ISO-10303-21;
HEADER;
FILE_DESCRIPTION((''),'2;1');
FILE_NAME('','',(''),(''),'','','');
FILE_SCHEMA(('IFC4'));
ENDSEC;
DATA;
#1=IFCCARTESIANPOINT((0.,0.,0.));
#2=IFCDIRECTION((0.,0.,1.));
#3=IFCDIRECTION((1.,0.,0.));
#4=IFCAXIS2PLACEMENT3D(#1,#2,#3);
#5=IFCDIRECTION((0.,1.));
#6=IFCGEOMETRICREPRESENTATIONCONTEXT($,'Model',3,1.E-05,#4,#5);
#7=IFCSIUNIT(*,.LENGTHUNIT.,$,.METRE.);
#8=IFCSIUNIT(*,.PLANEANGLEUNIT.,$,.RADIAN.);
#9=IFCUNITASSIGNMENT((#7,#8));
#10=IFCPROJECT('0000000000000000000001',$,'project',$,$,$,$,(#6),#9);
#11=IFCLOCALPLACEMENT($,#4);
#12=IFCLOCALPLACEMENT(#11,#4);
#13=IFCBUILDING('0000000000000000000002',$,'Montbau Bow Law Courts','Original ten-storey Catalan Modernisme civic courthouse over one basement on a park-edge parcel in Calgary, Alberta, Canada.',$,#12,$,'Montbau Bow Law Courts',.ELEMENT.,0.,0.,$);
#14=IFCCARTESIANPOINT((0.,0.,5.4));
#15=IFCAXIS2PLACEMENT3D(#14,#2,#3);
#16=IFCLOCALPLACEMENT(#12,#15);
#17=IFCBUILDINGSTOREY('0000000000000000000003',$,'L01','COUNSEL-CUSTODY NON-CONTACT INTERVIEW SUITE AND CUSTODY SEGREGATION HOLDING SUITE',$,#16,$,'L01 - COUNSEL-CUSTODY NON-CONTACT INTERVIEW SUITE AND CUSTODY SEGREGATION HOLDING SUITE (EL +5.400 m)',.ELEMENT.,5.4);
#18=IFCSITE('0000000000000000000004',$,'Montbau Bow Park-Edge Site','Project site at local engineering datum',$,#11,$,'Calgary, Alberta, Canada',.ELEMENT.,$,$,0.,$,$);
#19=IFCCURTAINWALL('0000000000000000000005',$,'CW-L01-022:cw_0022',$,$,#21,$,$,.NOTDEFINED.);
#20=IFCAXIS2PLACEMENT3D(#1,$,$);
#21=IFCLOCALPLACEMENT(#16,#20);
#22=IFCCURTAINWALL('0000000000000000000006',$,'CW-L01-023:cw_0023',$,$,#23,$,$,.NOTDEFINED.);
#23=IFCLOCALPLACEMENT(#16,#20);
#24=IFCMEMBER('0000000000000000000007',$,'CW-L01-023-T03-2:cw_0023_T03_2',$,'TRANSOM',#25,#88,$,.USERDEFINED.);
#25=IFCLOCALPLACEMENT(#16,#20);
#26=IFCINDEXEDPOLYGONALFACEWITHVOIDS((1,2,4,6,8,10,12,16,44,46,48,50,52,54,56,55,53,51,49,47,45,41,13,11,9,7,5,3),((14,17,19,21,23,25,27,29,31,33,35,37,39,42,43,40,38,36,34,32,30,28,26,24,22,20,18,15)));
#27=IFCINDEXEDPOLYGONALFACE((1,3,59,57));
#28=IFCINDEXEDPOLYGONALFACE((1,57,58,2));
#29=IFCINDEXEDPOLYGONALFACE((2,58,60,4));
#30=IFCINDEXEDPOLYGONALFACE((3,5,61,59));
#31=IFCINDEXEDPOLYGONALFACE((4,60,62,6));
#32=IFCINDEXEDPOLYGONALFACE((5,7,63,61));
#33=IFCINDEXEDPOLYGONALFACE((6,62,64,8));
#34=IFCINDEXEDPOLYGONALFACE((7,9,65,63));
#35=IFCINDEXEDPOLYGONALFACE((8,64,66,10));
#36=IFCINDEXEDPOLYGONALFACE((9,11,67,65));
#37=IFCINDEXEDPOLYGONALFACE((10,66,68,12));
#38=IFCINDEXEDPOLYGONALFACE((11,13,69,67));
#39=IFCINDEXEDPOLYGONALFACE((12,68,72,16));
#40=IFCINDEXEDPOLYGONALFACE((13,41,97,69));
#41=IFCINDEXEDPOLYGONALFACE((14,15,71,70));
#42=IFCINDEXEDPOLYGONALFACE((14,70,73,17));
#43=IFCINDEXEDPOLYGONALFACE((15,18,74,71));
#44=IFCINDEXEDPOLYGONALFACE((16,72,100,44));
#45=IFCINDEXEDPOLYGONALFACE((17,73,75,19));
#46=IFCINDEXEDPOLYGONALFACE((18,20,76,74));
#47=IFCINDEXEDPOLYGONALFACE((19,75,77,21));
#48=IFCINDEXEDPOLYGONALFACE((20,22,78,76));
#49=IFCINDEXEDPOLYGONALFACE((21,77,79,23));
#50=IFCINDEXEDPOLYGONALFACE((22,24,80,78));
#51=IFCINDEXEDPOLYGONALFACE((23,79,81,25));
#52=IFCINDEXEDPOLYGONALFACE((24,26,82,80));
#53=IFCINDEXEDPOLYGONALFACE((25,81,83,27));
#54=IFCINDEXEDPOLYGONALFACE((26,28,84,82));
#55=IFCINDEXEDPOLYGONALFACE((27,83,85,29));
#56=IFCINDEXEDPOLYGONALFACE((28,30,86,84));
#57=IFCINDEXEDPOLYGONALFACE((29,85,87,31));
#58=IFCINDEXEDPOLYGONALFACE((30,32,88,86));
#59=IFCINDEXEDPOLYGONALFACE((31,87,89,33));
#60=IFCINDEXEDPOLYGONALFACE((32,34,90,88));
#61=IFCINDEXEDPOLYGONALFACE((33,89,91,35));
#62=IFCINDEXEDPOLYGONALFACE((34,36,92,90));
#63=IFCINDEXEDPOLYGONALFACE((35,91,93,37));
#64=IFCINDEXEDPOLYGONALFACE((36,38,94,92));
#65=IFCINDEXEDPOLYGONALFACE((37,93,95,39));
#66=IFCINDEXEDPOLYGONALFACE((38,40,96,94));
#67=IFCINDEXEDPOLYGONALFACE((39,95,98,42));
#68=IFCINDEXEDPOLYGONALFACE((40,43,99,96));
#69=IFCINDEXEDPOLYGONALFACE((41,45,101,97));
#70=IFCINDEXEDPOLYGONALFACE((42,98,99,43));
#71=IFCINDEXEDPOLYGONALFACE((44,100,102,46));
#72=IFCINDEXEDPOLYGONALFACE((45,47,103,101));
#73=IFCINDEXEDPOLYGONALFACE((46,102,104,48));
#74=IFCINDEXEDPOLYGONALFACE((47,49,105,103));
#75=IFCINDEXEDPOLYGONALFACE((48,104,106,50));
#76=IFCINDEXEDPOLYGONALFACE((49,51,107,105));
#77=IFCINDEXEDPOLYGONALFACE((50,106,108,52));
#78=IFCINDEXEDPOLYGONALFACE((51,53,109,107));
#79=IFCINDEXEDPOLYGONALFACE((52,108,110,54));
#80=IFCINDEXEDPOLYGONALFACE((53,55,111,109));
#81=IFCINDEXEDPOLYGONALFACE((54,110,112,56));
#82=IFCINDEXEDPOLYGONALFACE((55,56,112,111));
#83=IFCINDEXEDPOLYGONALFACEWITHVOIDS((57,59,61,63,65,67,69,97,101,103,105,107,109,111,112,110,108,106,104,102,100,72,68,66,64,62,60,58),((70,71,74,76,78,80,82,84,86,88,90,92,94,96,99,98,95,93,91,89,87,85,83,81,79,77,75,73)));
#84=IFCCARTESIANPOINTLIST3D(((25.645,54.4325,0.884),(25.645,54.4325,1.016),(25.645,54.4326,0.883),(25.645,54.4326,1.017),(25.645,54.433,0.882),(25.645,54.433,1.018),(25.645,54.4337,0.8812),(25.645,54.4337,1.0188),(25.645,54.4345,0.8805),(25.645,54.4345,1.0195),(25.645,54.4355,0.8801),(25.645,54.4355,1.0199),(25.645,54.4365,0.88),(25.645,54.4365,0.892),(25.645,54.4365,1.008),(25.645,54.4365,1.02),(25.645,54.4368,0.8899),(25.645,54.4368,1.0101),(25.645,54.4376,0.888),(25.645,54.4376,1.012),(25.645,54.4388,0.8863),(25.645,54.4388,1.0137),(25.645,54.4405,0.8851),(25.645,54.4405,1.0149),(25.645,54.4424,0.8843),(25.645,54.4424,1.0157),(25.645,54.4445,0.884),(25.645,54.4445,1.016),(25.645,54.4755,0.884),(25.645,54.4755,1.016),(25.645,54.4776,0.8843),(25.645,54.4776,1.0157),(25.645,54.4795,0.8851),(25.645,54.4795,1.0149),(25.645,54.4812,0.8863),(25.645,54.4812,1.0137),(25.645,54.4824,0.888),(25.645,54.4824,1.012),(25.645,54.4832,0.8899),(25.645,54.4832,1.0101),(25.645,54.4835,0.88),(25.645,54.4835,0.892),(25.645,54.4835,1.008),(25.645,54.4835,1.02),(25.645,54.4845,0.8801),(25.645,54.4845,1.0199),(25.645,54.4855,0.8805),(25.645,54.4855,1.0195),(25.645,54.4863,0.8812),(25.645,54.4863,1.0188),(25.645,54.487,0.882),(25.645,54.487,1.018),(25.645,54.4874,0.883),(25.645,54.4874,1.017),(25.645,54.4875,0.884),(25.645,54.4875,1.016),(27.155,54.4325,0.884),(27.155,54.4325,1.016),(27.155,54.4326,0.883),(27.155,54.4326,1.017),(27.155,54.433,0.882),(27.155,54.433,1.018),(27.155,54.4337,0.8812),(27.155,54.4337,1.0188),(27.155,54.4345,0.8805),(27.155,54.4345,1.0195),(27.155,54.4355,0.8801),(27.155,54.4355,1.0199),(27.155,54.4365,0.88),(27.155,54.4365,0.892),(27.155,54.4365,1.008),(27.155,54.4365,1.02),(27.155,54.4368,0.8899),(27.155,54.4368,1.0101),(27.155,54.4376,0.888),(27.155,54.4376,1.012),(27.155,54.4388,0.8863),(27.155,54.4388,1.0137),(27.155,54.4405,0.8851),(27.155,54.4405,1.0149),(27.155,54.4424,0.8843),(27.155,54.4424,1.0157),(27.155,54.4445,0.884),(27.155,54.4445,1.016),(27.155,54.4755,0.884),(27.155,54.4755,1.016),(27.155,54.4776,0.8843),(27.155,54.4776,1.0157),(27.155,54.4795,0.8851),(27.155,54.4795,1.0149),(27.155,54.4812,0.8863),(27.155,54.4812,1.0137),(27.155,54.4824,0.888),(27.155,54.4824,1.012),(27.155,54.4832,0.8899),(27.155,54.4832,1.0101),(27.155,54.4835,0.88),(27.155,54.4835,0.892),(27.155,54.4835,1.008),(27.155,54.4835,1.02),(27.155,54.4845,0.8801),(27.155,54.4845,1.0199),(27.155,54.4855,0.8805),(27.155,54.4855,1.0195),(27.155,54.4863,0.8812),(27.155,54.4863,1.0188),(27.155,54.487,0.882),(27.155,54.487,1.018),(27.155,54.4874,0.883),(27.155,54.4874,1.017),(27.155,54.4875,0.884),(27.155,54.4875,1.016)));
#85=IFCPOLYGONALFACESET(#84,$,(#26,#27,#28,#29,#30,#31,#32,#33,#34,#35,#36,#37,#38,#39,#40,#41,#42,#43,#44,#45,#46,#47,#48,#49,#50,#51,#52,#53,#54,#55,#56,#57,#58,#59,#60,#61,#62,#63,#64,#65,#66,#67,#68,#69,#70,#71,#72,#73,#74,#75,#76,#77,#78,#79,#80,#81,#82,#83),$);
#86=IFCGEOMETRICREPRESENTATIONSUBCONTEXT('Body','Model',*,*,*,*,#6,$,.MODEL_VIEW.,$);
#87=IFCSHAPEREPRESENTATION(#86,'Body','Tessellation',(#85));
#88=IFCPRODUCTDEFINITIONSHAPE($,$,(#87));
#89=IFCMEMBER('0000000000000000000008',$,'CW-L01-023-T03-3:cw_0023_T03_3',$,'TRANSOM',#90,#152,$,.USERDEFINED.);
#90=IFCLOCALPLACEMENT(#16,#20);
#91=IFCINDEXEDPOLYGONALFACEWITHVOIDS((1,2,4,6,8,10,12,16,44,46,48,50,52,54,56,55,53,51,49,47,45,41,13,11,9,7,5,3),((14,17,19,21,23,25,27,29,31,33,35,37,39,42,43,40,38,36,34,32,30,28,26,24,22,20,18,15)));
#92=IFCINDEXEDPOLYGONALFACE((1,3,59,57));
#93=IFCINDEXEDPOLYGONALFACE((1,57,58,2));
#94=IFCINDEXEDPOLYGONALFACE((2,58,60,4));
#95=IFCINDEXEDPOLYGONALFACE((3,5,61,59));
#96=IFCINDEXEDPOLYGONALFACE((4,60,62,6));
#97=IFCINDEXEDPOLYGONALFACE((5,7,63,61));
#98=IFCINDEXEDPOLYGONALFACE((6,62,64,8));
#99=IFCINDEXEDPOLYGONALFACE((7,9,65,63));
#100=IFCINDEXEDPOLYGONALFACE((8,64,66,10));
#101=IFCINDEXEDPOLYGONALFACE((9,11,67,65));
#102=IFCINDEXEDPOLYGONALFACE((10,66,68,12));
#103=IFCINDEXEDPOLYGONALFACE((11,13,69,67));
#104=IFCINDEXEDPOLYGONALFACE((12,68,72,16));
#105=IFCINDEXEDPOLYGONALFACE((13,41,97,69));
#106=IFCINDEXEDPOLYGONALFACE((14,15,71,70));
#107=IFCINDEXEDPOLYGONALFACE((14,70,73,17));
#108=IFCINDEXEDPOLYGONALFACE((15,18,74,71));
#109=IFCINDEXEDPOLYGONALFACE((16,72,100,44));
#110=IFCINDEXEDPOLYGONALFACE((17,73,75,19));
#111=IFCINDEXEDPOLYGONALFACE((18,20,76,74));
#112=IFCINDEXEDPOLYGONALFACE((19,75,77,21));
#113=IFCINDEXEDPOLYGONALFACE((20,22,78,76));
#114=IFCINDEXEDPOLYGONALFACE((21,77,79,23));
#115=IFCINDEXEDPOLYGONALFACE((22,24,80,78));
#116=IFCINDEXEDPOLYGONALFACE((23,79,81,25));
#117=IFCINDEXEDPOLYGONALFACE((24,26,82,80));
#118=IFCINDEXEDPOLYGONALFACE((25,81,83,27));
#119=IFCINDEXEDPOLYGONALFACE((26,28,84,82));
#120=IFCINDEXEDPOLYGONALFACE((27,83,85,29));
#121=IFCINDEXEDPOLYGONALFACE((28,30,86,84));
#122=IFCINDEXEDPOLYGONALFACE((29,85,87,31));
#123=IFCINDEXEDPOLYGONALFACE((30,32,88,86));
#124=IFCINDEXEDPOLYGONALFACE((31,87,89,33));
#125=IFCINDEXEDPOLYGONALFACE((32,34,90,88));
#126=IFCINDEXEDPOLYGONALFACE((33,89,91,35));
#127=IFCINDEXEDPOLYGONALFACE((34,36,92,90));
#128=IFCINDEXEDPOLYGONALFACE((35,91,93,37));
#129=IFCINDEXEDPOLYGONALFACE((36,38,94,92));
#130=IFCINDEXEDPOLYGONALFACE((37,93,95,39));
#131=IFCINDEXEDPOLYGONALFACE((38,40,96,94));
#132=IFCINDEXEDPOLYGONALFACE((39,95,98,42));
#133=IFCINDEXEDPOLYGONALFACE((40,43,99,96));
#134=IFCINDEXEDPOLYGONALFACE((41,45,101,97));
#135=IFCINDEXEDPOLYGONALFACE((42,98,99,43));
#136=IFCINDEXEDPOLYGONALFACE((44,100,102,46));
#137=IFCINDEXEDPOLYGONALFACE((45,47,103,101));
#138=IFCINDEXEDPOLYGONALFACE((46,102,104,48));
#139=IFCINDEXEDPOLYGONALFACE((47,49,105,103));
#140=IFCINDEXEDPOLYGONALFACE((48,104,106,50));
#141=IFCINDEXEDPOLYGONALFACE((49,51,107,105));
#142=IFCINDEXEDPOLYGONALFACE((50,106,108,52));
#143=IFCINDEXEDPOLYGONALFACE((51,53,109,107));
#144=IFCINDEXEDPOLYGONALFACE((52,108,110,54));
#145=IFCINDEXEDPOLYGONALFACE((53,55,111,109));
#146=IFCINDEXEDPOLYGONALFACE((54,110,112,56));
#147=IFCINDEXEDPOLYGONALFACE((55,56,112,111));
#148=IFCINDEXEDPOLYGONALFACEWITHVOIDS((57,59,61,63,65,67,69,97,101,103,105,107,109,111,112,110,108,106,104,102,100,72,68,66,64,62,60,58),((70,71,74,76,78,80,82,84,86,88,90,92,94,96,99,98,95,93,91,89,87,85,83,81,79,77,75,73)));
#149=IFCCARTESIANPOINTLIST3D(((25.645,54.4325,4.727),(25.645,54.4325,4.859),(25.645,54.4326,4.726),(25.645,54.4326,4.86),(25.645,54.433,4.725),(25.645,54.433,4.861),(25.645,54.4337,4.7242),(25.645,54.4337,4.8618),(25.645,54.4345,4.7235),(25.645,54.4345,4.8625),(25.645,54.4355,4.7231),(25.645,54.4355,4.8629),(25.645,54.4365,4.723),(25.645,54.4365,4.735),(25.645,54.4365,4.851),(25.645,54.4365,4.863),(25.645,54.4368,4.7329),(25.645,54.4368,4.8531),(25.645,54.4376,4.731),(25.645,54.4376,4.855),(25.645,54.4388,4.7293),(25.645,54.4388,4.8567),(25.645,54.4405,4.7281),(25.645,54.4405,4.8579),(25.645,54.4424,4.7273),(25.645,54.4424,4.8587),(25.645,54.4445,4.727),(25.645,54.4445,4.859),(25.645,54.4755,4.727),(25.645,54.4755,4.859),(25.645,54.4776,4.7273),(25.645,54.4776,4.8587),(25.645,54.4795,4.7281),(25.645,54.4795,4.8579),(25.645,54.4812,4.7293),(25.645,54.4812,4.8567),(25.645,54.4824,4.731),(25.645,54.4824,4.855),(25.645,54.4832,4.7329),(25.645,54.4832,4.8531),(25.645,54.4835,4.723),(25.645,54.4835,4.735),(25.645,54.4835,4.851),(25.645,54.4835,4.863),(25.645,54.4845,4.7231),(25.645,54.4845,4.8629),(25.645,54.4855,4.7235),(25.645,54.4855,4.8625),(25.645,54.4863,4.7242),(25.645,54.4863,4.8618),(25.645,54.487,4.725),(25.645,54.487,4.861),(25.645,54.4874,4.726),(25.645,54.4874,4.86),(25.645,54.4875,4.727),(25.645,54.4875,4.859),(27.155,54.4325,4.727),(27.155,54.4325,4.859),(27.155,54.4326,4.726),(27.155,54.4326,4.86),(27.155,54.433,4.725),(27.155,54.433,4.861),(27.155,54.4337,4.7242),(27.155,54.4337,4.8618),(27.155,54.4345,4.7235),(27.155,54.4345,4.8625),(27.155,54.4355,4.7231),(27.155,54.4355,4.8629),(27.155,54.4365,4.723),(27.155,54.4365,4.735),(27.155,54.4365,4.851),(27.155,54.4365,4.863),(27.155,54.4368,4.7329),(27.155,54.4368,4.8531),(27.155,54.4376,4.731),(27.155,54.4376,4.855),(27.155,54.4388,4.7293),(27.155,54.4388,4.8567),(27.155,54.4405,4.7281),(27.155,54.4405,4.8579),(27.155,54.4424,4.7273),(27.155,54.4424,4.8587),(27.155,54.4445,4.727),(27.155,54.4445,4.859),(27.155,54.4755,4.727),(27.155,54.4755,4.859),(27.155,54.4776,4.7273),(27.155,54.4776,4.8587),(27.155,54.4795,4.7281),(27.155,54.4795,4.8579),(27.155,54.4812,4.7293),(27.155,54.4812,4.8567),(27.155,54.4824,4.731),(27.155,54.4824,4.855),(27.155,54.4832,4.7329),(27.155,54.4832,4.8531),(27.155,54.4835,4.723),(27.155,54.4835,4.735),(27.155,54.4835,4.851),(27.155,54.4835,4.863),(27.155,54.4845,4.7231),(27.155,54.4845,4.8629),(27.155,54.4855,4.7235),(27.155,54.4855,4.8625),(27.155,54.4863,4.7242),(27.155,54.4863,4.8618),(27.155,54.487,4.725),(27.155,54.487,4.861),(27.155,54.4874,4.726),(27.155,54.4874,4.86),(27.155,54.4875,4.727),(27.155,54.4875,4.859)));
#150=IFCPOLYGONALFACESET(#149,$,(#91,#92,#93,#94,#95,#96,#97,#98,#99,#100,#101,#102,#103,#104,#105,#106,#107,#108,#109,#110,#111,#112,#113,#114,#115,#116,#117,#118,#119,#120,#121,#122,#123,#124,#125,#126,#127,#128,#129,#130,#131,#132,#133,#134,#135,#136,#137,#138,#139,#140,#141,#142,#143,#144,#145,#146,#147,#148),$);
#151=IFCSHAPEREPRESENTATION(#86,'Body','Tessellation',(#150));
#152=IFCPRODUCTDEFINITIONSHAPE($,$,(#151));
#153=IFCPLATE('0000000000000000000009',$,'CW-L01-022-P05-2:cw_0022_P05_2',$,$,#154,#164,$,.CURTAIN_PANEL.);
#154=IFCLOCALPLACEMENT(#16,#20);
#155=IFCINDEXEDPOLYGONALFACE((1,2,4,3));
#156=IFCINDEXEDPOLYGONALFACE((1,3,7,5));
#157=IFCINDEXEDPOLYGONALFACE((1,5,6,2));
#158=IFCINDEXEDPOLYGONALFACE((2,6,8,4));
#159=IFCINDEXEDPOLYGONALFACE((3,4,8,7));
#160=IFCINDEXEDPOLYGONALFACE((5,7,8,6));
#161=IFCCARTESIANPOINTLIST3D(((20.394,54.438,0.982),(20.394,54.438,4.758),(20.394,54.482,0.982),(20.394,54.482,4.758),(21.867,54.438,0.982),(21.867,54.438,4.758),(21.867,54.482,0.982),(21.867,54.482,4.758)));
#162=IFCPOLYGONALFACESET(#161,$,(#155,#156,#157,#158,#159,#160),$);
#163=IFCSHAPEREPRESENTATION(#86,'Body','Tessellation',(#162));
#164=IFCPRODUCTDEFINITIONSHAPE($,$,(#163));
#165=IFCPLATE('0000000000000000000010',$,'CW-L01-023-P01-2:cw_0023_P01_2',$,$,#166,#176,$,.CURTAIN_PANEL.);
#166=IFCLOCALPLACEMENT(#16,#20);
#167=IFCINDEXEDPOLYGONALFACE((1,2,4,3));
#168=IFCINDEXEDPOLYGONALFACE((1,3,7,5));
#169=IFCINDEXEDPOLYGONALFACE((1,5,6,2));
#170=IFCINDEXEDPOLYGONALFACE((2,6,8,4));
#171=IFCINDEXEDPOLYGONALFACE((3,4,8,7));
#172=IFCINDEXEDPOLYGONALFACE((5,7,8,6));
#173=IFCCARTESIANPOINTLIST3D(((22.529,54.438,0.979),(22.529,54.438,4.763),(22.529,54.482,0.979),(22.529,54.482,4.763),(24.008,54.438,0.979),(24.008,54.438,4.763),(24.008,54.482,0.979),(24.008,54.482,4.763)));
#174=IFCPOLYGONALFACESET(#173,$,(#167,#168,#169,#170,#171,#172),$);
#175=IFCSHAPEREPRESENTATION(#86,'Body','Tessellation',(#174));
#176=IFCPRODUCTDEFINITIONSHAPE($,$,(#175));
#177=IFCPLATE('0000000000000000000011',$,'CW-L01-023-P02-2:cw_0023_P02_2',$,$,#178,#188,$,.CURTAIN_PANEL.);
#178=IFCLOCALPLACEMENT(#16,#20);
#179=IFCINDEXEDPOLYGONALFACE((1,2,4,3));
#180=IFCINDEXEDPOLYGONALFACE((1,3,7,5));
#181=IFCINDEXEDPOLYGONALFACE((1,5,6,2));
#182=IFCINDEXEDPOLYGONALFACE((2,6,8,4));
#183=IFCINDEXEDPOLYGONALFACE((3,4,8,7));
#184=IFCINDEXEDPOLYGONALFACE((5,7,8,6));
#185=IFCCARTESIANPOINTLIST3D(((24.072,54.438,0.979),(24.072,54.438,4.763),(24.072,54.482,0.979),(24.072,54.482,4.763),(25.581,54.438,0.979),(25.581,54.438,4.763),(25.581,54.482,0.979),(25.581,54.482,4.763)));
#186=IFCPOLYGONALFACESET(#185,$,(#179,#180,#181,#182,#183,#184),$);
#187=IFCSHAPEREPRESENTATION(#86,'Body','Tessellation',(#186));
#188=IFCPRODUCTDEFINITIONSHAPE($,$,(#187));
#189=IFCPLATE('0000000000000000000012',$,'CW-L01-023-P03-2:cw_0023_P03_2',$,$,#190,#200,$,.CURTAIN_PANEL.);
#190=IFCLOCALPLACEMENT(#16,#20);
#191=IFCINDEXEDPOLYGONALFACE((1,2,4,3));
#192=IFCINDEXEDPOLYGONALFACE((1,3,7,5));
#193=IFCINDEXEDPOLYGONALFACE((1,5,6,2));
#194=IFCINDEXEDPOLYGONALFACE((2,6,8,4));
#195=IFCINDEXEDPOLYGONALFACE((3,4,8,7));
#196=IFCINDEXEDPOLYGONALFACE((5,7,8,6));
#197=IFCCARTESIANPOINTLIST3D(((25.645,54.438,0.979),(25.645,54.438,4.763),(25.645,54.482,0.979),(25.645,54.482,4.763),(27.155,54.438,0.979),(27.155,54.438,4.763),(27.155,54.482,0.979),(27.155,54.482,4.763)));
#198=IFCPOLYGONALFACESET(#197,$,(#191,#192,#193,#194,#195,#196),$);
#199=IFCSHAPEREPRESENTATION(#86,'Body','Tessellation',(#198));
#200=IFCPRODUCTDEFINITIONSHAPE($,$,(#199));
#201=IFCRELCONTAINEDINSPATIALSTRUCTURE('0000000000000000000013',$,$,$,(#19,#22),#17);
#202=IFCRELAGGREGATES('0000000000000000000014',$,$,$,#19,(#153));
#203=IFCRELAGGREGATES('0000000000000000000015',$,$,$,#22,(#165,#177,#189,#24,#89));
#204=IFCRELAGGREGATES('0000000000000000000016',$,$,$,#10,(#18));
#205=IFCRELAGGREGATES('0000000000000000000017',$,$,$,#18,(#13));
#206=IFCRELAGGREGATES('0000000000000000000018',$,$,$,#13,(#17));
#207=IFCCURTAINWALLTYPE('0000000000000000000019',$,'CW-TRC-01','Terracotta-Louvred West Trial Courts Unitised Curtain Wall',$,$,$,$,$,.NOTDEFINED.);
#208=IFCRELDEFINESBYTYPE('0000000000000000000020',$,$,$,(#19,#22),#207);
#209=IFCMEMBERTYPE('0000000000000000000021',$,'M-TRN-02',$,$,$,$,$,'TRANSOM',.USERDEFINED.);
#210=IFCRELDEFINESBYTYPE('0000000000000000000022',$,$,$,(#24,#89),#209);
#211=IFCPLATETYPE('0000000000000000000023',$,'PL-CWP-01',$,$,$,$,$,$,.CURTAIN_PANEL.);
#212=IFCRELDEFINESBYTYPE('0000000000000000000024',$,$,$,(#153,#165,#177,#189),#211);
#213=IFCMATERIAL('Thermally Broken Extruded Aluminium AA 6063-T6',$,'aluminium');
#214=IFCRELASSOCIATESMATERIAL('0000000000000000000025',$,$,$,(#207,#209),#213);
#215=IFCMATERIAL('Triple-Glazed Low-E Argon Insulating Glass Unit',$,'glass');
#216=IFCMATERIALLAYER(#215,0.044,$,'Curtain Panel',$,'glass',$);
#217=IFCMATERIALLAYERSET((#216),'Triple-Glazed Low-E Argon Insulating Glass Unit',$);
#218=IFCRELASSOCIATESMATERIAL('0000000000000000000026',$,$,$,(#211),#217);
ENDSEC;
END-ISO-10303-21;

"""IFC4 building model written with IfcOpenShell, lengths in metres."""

from ifc_helpers import new_model, si_unit, direction, frame, frame_2d, origin_with_axes, origin_2d_with_axis, place, context, subcontext, project, spatial, rectangle, hollow_rectangle, extrude, material, layer, layer_set, material_profile, profile_set, type_object, element, aggregate, save


model = new_model("IFC4")

# Units and contexts
model_context = context("Model", 3, precision=1e-05, world=origin_with_axes(), true_north=direction((0.0, 1.0)))
body_context = subcontext(model_context, "Body", "Model", "MODEL_VIEW")
ifc_project = project(units=[si_unit("LENGTHUNIT", "METRE"), si_unit("PLANEANGLEUNIT", "RADIAN")], contexts=[model_context])

# Site, building, storey
site_placement = place(None, origin_with_axes())
site = spatial("IfcSite", under=ifc_project, at=site_placement, Name="Montbau Bow Park-Edge Site", Description="Project site at local engineering datum", LongName="Calgary, Alberta, Canada", CompositionType="ELEMENT", RefElevation=0.0)
building_placement = place(site_placement, origin_with_axes())
building = spatial("IfcBuilding", under=site, at=building_placement, Name="Montbau Bow Law Courts", Description="Original ten-storey Catalan Modernisme civic courthouse over one basement on a park-edge parcel in Calgary, Alberta, Canada.", LongName="Montbau Bow Law Courts", CompositionType="ELEMENT", ElevationOfRefHeight=0.0, ElevationOfTerrain=0.0)
storey_placement = place(building_placement, frame((0.0, 0.0, 5.4), z_axis=(0.0, 0.0, 1.0), x_axis=(1.0, 0.0, 0.0)))
storey = spatial("IfcBuildingStorey", under=building, at=storey_placement, Name="L01", Description="COUNSEL-CUSTODY NON-CONTACT INTERVIEW SUITE AND CUSTODY SEGREGATION HOLDING SUITE", LongName="L01 - COUNSEL-CUSTODY NON-CONTACT INTERVIEW SUITE AND CUSTODY SEGREGATION HOLDING SUITE (EL +5.400 m)", CompositionType="ELEMENT", Elevation=5.4)

# Curtain walls
ifc_material_1 = material(Name="Thermally Broken Extruded Aluminium AA 6063-T6", Category="aluminium")
curtain_wall_type = type_object("IfcCurtainWallType", Name="CW-TRC-01", Description="Terracotta-Louvred West Trial Courts Unitised Curtain Wall", PredefinedType="NOTDEFINED", material=ifc_material_1)
curtain_wall_1_placement = place(None, frame((14.068, 54.46, 5.4), z_axis=(0.0, 0.0, 1.0), x_axis=(1.0, 0.0, 0.0)))
curtain_wall_1 = element("IfcCurtainWall", 1, at=curtain_wall_1_placement, inside=storey, type_object=curtain_wall_type, Name="CW-L01-022:cw_0022", PredefinedType="NOTDEFINED")
curtain_wall_2_placement = place(None, frame((22.467, 54.46, 5.4), z_axis=(0.0, 0.0, 1.0), x_axis=(1.0, 0.0, 0.0)))
curtain_wall_2 = element("IfcCurtainWall", 2, at=curtain_wall_2_placement, inside=storey, type_object=curtain_wall_type, Name="CW-L01-023:cw_0023", PredefinedType="NOTDEFINED")

# Members
ifc_material_profile_1 = material_profile(ifc_material_1, hollow_rectangle(XDim=0.055, YDim=0.14, WallThickness=0.004, InnerFilletRadius=0.008, OuterFilletRadius=0.004, at=origin_2d_with_axis()), Name="CWT-140X55", Category="Main", Priority=0)
ifc_profile_set_1 = profile_set([ifc_material_profile_1], Name="Thermally Broken Extruded Aluminium AA 6063-T6")
member_type_1 = type_object("IfcMemberType", Name="M-TRN-02", ElementType="TRANSOM", PredefinedType="USERDEFINED", material=ifc_profile_set_1)
member_1_placement = place(None, frame((25.645, 54.46, 6.35), z_axis=(1.0, 0.0, 0.0), x_axis=(0.0, 1.0, 0.0)))
member_1 = element("IfcMember", 3, at=member_1_placement, type_object=member_type_1, Name="CW-L01-023-T03-2:cw_0023_T03_2", ObjectType="TRANSOM", PredefinedType="USERDEFINED", context=body_context, shape_type="SweptSolid", body=[
    extrude(hollow_rectangle(XDim=0.055, YDim=0.14, WallThickness=0.004, InnerFilletRadius=0.008, OuterFilletRadius=0.004, at=origin_2d_with_axis()), origin_with_axes(), (0.0, 0.0, 1.0), 1.51),
])
member_2_placement = place(None, frame((25.645, 54.46, 10.193), z_axis=(1.0, 0.0, 0.0), x_axis=(0.0, 1.0, 0.0)))
member_2 = element("IfcMember", 4, at=member_2_placement, type_object=member_type_1, Name="CW-L01-023-T03-3:cw_0023_T03_3", ObjectType="TRANSOM", PredefinedType="USERDEFINED", context=body_context, shape_type="SweptSolid", body=[
    extrude(hollow_rectangle(XDim=0.055, YDim=0.14, WallThickness=0.004, InnerFilletRadius=0.008, OuterFilletRadius=0.004, at=origin_2d_with_axis()), origin_with_axes(), (0.0, 0.0, 1.0), 1.51),
])

# Plates
ifc_material_2 = material(Name="Triple-Glazed Low-E Argon Insulating Glass Unit", Category="glass")
ifc_layer_1 = layer(ifc_material_2, 0.044, Name="Curtain Panel", Category="glass")
ifc_layer_set_1 = layer_set([ifc_layer_1], Name="Triple-Glazed Low-E Argon Insulating Glass Unit")
plate_type_1 = type_object("IfcPlateType", Name="PL-CWP-01", PredefinedType="CURTAIN_PANEL", material=ifc_layer_set_1)
plate_1_placement = place(None, frame((20.394, 54.46, 6.382), z_axis=(0.0, -1.0, 0.0), x_axis=(1.0, 0.0, 0.0)))
plate_1 = element("IfcPlate", 5, at=plate_1_placement, type_object=plate_type_1, Name="CW-L01-022-P05-2:cw_0022_P05_2", PredefinedType="CURTAIN_PANEL", context=body_context, shape_type="SweptSolid", body=[
    extrude(rectangle(XDim=1.473, YDim=3.776, at=frame_2d((0.7365, 1.888), x_axis=(1.0, 0.0))), frame((0.0, 0.0, -0.022), z_axis=(0.0, 0.0, 1.0), x_axis=(1.0, 0.0, 0.0)), (0.0, 0.0, 1.0), 0.044),
])
plate_2_placement = place(None, frame((22.529, 54.46, 6.379), z_axis=(0.0, -1.0, 0.0), x_axis=(1.0, 0.0, 0.0)))
plate_2 = element("IfcPlate", 6, at=plate_2_placement, type_object=plate_type_1, Name="CW-L01-023-P01-2:cw_0023_P01_2", PredefinedType="CURTAIN_PANEL", context=body_context, shape_type="SweptSolid", body=[
    extrude(rectangle(XDim=1.479, YDim=3.784, at=frame_2d((0.7395, 1.892), x_axis=(1.0, 0.0))), frame((0.0, 0.0, -0.022), z_axis=(0.0, 0.0, 1.0), x_axis=(1.0, 0.0, 0.0)), (0.0, 0.0, 1.0), 0.044),
])
plate_3_placement = place(None, frame((24.072, 54.46, 6.379), z_axis=(0.0, -1.0, 0.0), x_axis=(1.0, 0.0, 0.0)))
plate_3 = element("IfcPlate", 7, at=plate_3_placement, type_object=plate_type_1, Name="CW-L01-023-P02-2:cw_0023_P02_2", PredefinedType="CURTAIN_PANEL", context=body_context, shape_type="SweptSolid", body=[
    extrude(rectangle(XDim=1.509, YDim=3.784, at=frame_2d((0.7545, 1.892), x_axis=(1.0, 0.0))), frame((0.0, 0.0, -0.022), z_axis=(0.0, 0.0, 1.0), x_axis=(1.0, 0.0, 0.0)), (0.0, 0.0, 1.0), 0.044),
])
plate_4_placement = place(None, frame((25.645, 54.46, 6.379), z_axis=(0.0, -1.0, 0.0), x_axis=(1.0, 0.0, 0.0)))
plate_4 = element("IfcPlate", 8, at=plate_4_placement, type_object=plate_type_1, Name="CW-L01-023-P03-2:cw_0023_P03_2", PredefinedType="CURTAIN_PANEL", context=body_context, shape_type="SweptSolid", body=[
    extrude(rectangle(XDim=1.51, YDim=3.784, at=frame_2d((0.755, 1.892), x_axis=(1.0, 0.0))), frame((0.0, 0.0, -0.022), z_axis=(0.0, 0.0, 1.0), x_axis=(1.0, 0.0, 0.0)), (0.0, 0.0, 1.0), 0.044),
])
aggregate(curtain_wall_1, [plate_1])
aggregate(curtain_wall_2, [plate_2, plate_3, plate_4, member_1, member_2])

save(model, "model.ifc")
